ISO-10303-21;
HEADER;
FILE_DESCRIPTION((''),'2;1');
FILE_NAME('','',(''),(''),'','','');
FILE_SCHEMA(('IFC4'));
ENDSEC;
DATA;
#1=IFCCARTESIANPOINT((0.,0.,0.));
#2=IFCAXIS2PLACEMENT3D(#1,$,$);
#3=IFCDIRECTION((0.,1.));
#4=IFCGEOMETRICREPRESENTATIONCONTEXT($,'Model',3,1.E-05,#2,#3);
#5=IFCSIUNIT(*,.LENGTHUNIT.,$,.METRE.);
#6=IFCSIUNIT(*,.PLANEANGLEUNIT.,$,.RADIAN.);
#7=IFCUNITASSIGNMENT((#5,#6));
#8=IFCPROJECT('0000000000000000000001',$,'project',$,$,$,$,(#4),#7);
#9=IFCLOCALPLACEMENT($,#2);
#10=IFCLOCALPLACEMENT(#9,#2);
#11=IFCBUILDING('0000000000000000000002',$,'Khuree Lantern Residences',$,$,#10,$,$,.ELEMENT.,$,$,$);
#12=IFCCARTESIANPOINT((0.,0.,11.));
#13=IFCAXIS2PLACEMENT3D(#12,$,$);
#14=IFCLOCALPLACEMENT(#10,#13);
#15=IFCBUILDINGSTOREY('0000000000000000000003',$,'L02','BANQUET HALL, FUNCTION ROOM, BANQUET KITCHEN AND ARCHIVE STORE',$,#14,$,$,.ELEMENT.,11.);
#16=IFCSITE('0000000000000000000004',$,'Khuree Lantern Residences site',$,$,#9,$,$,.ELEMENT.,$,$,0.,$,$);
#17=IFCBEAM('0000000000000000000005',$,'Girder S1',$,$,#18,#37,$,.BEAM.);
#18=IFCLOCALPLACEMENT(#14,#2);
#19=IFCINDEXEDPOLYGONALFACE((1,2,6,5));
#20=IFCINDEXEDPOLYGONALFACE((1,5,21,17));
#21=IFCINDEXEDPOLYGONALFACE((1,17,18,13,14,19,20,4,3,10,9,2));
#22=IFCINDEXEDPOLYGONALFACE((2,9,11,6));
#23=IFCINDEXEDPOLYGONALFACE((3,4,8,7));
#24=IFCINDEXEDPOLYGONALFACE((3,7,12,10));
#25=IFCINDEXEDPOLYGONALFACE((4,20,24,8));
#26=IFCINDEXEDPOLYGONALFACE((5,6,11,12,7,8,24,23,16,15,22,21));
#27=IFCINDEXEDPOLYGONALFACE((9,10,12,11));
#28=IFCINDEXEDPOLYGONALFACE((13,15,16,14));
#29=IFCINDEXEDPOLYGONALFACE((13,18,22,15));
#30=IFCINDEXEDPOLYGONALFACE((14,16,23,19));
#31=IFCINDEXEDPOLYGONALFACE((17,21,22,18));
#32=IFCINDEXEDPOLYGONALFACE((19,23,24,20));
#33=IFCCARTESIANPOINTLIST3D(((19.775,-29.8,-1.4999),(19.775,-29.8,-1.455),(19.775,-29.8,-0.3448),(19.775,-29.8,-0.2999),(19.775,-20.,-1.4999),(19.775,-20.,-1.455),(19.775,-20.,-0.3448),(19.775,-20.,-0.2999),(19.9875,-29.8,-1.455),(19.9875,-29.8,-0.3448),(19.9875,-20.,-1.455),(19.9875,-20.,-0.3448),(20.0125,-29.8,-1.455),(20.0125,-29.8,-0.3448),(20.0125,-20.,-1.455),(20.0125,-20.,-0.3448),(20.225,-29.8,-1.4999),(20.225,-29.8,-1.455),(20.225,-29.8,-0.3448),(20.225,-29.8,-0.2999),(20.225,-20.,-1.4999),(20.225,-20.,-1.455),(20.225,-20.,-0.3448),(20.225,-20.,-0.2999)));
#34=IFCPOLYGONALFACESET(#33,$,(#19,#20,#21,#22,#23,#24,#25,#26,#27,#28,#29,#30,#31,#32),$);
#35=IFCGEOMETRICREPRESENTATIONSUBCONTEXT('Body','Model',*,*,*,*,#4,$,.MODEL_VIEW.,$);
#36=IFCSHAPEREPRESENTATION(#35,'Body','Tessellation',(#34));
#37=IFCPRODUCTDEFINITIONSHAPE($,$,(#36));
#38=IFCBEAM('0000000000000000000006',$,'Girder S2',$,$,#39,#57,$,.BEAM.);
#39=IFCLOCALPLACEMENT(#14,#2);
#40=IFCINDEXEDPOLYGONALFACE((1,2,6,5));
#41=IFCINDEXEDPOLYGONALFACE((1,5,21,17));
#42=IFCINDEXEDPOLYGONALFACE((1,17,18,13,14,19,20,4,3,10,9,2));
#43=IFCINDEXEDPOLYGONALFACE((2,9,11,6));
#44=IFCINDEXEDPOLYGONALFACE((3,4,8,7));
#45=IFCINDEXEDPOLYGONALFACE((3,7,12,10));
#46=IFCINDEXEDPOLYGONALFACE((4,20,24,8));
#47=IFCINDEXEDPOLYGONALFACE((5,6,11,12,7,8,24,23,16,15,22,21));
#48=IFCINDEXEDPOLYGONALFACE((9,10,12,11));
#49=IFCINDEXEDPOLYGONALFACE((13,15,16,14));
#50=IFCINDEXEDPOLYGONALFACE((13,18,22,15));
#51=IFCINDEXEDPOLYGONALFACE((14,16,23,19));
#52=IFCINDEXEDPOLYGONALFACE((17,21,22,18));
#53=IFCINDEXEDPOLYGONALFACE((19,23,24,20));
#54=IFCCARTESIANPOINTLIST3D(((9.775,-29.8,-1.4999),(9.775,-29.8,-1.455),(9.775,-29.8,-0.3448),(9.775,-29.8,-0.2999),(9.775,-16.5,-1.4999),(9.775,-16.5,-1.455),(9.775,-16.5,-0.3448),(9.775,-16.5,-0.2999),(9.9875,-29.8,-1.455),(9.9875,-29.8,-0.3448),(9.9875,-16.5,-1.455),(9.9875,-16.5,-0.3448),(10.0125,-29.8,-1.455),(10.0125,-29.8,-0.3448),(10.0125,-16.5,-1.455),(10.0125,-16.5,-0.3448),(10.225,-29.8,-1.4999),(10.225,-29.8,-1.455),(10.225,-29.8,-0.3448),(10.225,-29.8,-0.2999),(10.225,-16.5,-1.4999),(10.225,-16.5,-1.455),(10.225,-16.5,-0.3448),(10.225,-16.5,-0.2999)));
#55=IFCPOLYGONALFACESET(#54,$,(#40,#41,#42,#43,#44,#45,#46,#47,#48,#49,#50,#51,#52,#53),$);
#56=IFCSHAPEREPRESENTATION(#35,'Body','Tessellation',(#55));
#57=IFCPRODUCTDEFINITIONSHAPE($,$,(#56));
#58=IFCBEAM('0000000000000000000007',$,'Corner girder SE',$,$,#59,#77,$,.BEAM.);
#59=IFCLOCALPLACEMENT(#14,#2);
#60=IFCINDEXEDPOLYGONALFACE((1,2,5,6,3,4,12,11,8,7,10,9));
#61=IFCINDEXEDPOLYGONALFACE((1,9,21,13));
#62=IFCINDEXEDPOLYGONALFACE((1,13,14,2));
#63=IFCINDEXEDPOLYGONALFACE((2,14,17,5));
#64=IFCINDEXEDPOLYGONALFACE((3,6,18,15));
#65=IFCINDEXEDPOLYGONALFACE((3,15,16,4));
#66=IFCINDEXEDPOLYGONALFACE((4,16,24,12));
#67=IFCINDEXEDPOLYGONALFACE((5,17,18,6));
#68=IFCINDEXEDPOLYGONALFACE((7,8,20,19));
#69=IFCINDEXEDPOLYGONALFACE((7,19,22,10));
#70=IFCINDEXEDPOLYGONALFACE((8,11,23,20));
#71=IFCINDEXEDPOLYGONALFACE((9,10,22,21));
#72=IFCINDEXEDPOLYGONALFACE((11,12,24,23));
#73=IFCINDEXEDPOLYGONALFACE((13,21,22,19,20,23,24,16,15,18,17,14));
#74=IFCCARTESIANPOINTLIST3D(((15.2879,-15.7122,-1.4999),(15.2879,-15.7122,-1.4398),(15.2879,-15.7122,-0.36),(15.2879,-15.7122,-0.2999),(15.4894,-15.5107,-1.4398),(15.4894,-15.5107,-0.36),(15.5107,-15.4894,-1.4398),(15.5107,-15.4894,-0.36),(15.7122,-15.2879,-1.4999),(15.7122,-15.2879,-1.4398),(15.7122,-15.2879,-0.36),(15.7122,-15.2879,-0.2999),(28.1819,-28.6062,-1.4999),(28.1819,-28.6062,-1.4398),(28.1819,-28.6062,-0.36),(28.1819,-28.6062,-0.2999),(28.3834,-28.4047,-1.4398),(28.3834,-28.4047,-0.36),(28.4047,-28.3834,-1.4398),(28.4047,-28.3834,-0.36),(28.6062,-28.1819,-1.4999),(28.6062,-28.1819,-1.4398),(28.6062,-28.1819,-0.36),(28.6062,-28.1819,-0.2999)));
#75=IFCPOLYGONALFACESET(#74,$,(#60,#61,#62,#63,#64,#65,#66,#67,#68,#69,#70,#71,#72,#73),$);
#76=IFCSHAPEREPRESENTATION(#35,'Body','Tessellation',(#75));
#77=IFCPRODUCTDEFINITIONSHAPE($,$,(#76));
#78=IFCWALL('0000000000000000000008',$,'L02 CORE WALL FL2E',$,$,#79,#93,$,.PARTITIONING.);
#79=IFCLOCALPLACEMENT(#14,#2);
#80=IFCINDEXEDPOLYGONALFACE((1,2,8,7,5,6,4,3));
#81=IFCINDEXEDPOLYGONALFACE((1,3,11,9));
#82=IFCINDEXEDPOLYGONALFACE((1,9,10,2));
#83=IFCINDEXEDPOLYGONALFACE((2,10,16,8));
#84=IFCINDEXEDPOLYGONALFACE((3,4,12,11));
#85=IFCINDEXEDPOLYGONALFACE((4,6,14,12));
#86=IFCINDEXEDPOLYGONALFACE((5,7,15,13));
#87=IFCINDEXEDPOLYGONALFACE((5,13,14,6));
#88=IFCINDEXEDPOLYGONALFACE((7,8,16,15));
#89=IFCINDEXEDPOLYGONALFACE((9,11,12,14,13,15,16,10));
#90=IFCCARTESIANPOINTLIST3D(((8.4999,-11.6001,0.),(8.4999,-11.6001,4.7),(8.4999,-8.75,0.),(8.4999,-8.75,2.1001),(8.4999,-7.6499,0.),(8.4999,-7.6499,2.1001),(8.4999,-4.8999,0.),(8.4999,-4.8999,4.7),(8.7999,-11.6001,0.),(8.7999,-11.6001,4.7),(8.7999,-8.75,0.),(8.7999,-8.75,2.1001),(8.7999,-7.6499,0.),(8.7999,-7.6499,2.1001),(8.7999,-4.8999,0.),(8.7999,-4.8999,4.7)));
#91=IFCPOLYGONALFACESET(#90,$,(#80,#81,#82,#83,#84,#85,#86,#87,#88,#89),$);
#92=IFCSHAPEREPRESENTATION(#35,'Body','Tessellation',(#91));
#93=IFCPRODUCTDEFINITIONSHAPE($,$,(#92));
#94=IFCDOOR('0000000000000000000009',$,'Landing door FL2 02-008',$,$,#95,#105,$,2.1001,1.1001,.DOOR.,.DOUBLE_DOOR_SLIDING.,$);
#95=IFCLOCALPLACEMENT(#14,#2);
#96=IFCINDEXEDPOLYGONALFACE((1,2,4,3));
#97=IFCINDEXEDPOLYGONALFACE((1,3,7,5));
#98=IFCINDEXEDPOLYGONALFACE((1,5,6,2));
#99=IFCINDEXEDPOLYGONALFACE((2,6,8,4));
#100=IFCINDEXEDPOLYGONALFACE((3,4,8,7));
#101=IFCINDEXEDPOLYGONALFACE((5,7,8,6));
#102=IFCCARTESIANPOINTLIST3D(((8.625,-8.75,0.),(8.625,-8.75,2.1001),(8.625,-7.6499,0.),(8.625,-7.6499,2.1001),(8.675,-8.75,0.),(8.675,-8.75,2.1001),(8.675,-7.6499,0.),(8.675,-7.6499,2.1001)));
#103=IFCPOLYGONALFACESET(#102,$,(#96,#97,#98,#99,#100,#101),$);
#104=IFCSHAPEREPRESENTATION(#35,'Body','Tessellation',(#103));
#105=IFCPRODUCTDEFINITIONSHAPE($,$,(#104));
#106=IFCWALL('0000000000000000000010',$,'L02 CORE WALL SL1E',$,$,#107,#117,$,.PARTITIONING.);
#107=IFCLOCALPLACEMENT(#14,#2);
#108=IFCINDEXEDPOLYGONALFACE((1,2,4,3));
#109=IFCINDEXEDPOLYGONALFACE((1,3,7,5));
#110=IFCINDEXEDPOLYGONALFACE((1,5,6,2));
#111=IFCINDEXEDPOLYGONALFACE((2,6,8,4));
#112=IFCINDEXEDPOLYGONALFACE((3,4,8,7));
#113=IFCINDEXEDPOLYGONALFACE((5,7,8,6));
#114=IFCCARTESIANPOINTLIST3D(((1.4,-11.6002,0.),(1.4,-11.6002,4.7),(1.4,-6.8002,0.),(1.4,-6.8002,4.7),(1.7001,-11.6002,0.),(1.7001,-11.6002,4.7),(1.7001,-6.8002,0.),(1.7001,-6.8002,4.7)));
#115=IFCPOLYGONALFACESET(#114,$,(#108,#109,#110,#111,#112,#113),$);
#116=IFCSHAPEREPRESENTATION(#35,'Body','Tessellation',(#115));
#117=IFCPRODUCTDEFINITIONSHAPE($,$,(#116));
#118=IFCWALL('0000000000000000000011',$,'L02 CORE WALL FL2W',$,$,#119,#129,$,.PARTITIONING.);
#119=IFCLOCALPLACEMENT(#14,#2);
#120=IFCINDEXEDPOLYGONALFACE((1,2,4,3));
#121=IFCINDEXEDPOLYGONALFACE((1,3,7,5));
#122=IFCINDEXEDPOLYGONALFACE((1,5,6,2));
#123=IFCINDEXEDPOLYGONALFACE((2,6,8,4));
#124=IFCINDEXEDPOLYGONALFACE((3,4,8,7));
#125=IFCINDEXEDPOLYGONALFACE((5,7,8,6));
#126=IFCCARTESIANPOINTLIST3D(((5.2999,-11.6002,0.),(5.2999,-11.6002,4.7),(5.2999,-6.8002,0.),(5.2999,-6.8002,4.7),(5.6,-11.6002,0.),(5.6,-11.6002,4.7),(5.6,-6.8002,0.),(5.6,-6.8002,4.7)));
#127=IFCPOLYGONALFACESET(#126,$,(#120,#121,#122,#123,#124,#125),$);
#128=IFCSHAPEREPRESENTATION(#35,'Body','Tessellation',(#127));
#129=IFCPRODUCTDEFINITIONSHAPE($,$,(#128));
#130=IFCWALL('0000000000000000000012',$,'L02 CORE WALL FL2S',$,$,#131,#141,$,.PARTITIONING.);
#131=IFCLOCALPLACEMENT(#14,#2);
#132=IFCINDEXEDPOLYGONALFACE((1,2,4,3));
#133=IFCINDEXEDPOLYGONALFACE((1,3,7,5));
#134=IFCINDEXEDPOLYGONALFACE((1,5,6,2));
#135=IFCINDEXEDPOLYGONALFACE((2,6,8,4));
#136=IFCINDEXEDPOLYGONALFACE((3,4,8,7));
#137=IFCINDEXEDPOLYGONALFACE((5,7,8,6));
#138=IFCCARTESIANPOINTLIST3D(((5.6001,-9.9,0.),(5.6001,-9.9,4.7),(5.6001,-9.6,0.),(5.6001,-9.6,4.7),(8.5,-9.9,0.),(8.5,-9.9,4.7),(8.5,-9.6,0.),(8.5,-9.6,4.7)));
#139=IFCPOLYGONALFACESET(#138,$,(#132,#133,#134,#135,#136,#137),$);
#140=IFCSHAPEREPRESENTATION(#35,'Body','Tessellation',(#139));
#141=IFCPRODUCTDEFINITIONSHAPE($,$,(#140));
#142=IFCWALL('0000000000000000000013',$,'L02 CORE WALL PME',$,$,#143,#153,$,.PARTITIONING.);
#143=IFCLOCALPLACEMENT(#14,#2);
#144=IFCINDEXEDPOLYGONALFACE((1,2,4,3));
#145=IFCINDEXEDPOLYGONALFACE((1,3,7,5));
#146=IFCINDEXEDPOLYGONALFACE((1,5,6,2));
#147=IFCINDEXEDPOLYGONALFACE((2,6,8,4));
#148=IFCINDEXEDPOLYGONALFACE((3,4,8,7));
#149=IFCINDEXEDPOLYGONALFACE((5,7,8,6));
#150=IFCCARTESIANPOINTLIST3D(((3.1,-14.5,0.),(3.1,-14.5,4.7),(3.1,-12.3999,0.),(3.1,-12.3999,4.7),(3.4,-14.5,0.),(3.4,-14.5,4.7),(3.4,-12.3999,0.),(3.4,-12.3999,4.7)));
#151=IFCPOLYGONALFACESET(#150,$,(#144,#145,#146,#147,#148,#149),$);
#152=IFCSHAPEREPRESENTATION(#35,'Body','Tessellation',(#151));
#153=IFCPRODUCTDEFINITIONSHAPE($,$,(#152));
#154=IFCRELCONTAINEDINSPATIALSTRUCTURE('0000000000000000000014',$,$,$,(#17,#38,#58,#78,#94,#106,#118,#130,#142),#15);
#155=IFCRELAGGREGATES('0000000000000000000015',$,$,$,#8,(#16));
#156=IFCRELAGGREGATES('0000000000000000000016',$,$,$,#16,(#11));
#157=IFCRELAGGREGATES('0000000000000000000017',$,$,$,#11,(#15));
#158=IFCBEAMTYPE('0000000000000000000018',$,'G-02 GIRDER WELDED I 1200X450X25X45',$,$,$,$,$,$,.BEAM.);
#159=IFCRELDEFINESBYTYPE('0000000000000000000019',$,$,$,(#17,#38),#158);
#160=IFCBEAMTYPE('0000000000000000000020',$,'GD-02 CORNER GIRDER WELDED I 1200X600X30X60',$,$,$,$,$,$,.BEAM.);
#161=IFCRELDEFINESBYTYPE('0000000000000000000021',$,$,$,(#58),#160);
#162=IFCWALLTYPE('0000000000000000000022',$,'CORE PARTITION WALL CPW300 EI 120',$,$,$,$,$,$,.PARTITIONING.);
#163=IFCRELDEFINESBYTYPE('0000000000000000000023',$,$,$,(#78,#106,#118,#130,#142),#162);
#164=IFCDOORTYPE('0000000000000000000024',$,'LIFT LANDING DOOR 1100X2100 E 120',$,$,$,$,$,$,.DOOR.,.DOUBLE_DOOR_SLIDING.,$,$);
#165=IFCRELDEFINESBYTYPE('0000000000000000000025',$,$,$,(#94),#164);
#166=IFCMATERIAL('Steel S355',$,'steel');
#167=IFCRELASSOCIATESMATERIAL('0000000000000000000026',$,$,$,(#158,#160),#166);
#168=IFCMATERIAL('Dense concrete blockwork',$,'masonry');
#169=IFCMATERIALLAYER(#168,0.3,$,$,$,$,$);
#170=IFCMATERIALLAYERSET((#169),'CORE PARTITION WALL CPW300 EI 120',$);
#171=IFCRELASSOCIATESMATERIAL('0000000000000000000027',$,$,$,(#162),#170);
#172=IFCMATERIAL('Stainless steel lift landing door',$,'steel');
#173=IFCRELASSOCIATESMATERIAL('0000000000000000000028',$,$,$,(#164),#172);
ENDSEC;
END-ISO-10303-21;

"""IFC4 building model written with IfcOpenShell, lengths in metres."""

from ifc_helpers import new_model, si_unit, direction, frame, frame_2d, origin, origin_2d, place, context, subcontext, project, spatial, rectangle, i_section, extrude, material, layer, layer_set, material_profile, profile_set, type_object, element, fill, save


model = new_model("IFC4")

# Units and contexts
model_context = context("Model", 3, precision=1e-05, world=origin(), true_north=direction((0.0, 1.0)))
body_context = subcontext(model_context, "Body", "Model", "MODEL_VIEW")
ifc_project = project(units=[si_unit("LENGTHUNIT", "METRE"), si_unit("PLANEANGLEUNIT", "RADIAN")], contexts=[model_context])

# Site, building, storey
site_placement = place(None, origin())
site = spatial("IfcSite", under=ifc_project, at=site_placement, Name="Khuree Lantern Residences site", CompositionType="ELEMENT", RefElevation=0.0)
building_placement = place(site_placement, origin())
building = spatial("IfcBuilding", under=site, at=building_placement, Name="Khuree Lantern Residences", CompositionType="ELEMENT")
storey_placement = place(building_placement, frame((0.0, 0.0, 11.0)))
storey = spatial("IfcBuildingStorey", under=building, at=storey_placement, Name="L02", Description="BANQUET HALL, FUNCTION ROOM, BANQUET KITCHEN AND ARCHIVE STORE", CompositionType="ELEMENT", Elevation=11.0)

# Beams
ifc_material_1 = material(Name="Steel S355", Category="steel")
ifc_material_profile_1 = material_profile(ifc_material_1, i_section(OverallWidth=0.45, OverallDepth=1.2, WebThickness=0.0249, FlangeThickness=0.0449, at=origin_2d()), Name="WELDED I 1200X450X25X45")
ifc_profile_set_1 = profile_set([ifc_material_profile_1], Name="Steel S355")
beam_type_1 = type_object("IfcBeamType", Name="G-02 GIRDER WELDED I 1200X450X25X45", PredefinedType="BEAM", material=ifc_profile_set_1)
beam_1_placement = place(storey_placement, frame((20.0, -29.8, -0.8999), z_axis=(0.0, 1.0, 0.0), x_axis=(-1.0, 0.0, 0.0)))
element("IfcBeam", 1, at=beam_1_placement, inside=storey, type_object=beam_type_1, Name="Girder S1", PredefinedType="BEAM", context=body_context, shape_type="SweptSolid", body=[
    extrude(i_section(OverallWidth=0.45, OverallDepth=1.2, WebThickness=0.0249, FlangeThickness=0.0449, at=origin_2d()), origin(), (0.0, 0.0, 1.0), 9.8),
])
beam_2_placement = place(storey_placement, frame((10.0, -29.8, -0.8999), z_axis=(0.0, 1.0, 0.0), x_axis=(-1.0, 0.0, 0.0)))
element("IfcBeam", 2, at=beam_2_placement, inside=storey, type_object=beam_type_1, Name="Girder S2", PredefinedType="BEAM", context=body_context, shape_type="SweptSolid", body=[
    extrude(i_section(OverallWidth=0.45, OverallDepth=1.2, WebThickness=0.0249, FlangeThickness=0.0449, at=origin_2d()), origin(), (0.0, 0.0, 1.0), 13.3),
])
ifc_material_profile_2 = material_profile(ifc_material_1, i_section(OverallWidth=0.6001, OverallDepth=1.2, WebThickness=0.03, FlangeThickness=0.0601, at=origin_2d()), Name="WELDED I 1200X600X30X60")
ifc_profile_set_2 = profile_set([ifc_material_profile_2], Name="Steel S355")
beam_type_2 = type_object("IfcBeamType", Name="GD-02 CORNER GIRDER WELDED I 1200X600X30X60", PredefinedType="BEAM", material=ifc_profile_set_2)
beam_3_placement = place(storey_placement, frame((28.394, -28.394, -0.8999), z_axis=(-0.707107, 0.707107, 0.0), x_axis=(-0.707107, -0.707107, 0.0)))
element("IfcBeam", 3, at=beam_3_placement, inside=storey, type_object=beam_type_2, Name="Corner girder SE", PredefinedType="BEAM", context=body_context, shape_type="SweptSolid", body=[
    extrude(i_section(OverallWidth=0.6001, OverallDepth=1.2, WebThickness=0.03, FlangeThickness=0.0601, at=origin_2d()), origin(), (0.0, 0.0, 1.0), 18.2349),
])

# Wall, opening, door
ifc_material_2 = material(Name="Dense concrete blockwork", Category="masonry")
ifc_layer_1 = layer(ifc_material_2, 0.3)
ifc_layer_set_1 = layer_set([ifc_layer_1], Name="CORE PARTITION WALL CPW300 EI 120")
wall_type_1 = type_object("IfcWallType", Name="CORE PARTITION WALL CPW300 EI 120", PredefinedType="PARTITIONING", material=ifc_layer_set_1)
wall_1_placement = place(storey_placement, frame((8.6499, -11.6001, 0.0), z_axis=(0.0, 0.0, 1.0), x_axis=(0.0, 1.0, 0.0)))
wall_1 = element("IfcWall", 4, at=wall_1_placement, inside=storey, type_object=wall_type_1, Name="L02 CORE WALL FL2E", PredefinedType="PARTITIONING", context=body_context, shape_type="SweptSolid", body=[
    extrude(rectangle(XDim=6.7002, YDim=0.3, at=frame_2d((3.3501, 0.0))), origin(), (0.0, 0.0, 1.0), 4.7),
])
opening_1_placement = place(wall_1_placement, frame((2.8501, 0.0, 0.0)))
opening_1 = element("IfcOpeningElement", 5, at=opening_1_placement, cuts=wall_1, PredefinedType="OPENING", context=body_context, shape_type="SweptSolid", body=[
    extrude(rectangle(XDim=1.1001, YDim=2.1001, at=frame_2d((0.55, 1.05))), frame((0.0, 0.1602, 0.0), z_axis=(0.0, -1.0, 0.0), x_axis=(1.0, 0.0, 0.0)), (0.0, 0.0, 1.0), 0.3201),
])
ifc_material_3 = material(Name="Stainless steel lift landing door", Category="steel")
door_type_1 = type_object("IfcDoorType", Name="LIFT LANDING DOOR 1100X2100 E 120", OperationType="DOUBLE_DOOR_SLIDING", PredefinedType="DOOR", material=ifc_material_3)
door_1_placement = place(opening_1_placement, origin())
door_1 = element("IfcDoor", 6, at=door_1_placement, inside=storey, type_object=door_type_1, Name="Landing door FL2 02-008", OperationType="DOUBLE_DOOR_SLIDING", OverallHeight=2.1001, OverallWidth=1.1001, PredefinedType="DOOR", context=body_context, shape_type="SweptSolid", body=[
    extrude(rectangle(XDim=1.1001, YDim=2.1001, at=frame_2d((0.55, 1.05))), frame((0.0, 0.0249, 0.0), z_axis=(0.0, -1.0, 0.0), x_axis=(1.0, 0.0, 0.0)), (0.0, 0.0, 1.0), 0.05),
])
fill(opening_1, door_1)

# Walls
for number, where, z_axis, x_axis, name in (
    (7, (1.55, -11.6001, 0.0), (0.0, 0.0, 1.0), (0.0, 1.0, 0.0), "L02 CORE WALL SL1E"),
    (8, (5.45, -11.6001, 0.0), (0.0, 0.0, 1.0), (0.0, 1.0, 0.0), "L02 CORE WALL FL2W"),
):
    element("IfcWall", number, at=place(storey_placement, frame(where, z_axis=z_axis, x_axis=x_axis)), inside=storey, type_object=wall_type_1, Name=name, PredefinedType="PARTITIONING", context=body_context, shape_type="SweptSolid", body=[
        extrude(rectangle(XDim=4.8, YDim=0.3, at=frame_2d((2.3999, 0.0))), origin(), (0.0, 0.0, 1.0), 4.7),
    ])
wall_2_placement = place(storey_placement, frame((5.6001, -9.75, 0.0), z_axis=(0.0, 0.0, 1.0), x_axis=(1.0, 0.0, 0.0)))
element("IfcWall", 9, at=wall_2_placement, inside=storey, type_object=wall_type_1, Name="L02 CORE WALL FL2S", PredefinedType="PARTITIONING", context=body_context, shape_type="SweptSolid", body=[
    extrude(rectangle(XDim=2.8999, YDim=0.3, at=frame_2d((1.45, 0.0))), origin(), (0.0, 0.0, 1.0), 4.7),
])
wall_3_placement = place(storey_placement, frame((3.25, -14.5, 0.0), z_axis=(0.0, 0.0, 1.0), x_axis=(0.0, 1.0, 0.0)))
element("IfcWall", 10, at=wall_3_placement, inside=storey, type_object=wall_type_1, Name="L02 CORE WALL PME", PredefinedType="PARTITIONING", context=body_context, shape_type="SweptSolid", body=[
    extrude(rectangle(XDim=2.1001, YDim=0.3, at=frame_2d((1.05, 0.0))), origin(), (0.0, 0.0, 1.0), 4.7),
])

save(model, "model.ifc")
